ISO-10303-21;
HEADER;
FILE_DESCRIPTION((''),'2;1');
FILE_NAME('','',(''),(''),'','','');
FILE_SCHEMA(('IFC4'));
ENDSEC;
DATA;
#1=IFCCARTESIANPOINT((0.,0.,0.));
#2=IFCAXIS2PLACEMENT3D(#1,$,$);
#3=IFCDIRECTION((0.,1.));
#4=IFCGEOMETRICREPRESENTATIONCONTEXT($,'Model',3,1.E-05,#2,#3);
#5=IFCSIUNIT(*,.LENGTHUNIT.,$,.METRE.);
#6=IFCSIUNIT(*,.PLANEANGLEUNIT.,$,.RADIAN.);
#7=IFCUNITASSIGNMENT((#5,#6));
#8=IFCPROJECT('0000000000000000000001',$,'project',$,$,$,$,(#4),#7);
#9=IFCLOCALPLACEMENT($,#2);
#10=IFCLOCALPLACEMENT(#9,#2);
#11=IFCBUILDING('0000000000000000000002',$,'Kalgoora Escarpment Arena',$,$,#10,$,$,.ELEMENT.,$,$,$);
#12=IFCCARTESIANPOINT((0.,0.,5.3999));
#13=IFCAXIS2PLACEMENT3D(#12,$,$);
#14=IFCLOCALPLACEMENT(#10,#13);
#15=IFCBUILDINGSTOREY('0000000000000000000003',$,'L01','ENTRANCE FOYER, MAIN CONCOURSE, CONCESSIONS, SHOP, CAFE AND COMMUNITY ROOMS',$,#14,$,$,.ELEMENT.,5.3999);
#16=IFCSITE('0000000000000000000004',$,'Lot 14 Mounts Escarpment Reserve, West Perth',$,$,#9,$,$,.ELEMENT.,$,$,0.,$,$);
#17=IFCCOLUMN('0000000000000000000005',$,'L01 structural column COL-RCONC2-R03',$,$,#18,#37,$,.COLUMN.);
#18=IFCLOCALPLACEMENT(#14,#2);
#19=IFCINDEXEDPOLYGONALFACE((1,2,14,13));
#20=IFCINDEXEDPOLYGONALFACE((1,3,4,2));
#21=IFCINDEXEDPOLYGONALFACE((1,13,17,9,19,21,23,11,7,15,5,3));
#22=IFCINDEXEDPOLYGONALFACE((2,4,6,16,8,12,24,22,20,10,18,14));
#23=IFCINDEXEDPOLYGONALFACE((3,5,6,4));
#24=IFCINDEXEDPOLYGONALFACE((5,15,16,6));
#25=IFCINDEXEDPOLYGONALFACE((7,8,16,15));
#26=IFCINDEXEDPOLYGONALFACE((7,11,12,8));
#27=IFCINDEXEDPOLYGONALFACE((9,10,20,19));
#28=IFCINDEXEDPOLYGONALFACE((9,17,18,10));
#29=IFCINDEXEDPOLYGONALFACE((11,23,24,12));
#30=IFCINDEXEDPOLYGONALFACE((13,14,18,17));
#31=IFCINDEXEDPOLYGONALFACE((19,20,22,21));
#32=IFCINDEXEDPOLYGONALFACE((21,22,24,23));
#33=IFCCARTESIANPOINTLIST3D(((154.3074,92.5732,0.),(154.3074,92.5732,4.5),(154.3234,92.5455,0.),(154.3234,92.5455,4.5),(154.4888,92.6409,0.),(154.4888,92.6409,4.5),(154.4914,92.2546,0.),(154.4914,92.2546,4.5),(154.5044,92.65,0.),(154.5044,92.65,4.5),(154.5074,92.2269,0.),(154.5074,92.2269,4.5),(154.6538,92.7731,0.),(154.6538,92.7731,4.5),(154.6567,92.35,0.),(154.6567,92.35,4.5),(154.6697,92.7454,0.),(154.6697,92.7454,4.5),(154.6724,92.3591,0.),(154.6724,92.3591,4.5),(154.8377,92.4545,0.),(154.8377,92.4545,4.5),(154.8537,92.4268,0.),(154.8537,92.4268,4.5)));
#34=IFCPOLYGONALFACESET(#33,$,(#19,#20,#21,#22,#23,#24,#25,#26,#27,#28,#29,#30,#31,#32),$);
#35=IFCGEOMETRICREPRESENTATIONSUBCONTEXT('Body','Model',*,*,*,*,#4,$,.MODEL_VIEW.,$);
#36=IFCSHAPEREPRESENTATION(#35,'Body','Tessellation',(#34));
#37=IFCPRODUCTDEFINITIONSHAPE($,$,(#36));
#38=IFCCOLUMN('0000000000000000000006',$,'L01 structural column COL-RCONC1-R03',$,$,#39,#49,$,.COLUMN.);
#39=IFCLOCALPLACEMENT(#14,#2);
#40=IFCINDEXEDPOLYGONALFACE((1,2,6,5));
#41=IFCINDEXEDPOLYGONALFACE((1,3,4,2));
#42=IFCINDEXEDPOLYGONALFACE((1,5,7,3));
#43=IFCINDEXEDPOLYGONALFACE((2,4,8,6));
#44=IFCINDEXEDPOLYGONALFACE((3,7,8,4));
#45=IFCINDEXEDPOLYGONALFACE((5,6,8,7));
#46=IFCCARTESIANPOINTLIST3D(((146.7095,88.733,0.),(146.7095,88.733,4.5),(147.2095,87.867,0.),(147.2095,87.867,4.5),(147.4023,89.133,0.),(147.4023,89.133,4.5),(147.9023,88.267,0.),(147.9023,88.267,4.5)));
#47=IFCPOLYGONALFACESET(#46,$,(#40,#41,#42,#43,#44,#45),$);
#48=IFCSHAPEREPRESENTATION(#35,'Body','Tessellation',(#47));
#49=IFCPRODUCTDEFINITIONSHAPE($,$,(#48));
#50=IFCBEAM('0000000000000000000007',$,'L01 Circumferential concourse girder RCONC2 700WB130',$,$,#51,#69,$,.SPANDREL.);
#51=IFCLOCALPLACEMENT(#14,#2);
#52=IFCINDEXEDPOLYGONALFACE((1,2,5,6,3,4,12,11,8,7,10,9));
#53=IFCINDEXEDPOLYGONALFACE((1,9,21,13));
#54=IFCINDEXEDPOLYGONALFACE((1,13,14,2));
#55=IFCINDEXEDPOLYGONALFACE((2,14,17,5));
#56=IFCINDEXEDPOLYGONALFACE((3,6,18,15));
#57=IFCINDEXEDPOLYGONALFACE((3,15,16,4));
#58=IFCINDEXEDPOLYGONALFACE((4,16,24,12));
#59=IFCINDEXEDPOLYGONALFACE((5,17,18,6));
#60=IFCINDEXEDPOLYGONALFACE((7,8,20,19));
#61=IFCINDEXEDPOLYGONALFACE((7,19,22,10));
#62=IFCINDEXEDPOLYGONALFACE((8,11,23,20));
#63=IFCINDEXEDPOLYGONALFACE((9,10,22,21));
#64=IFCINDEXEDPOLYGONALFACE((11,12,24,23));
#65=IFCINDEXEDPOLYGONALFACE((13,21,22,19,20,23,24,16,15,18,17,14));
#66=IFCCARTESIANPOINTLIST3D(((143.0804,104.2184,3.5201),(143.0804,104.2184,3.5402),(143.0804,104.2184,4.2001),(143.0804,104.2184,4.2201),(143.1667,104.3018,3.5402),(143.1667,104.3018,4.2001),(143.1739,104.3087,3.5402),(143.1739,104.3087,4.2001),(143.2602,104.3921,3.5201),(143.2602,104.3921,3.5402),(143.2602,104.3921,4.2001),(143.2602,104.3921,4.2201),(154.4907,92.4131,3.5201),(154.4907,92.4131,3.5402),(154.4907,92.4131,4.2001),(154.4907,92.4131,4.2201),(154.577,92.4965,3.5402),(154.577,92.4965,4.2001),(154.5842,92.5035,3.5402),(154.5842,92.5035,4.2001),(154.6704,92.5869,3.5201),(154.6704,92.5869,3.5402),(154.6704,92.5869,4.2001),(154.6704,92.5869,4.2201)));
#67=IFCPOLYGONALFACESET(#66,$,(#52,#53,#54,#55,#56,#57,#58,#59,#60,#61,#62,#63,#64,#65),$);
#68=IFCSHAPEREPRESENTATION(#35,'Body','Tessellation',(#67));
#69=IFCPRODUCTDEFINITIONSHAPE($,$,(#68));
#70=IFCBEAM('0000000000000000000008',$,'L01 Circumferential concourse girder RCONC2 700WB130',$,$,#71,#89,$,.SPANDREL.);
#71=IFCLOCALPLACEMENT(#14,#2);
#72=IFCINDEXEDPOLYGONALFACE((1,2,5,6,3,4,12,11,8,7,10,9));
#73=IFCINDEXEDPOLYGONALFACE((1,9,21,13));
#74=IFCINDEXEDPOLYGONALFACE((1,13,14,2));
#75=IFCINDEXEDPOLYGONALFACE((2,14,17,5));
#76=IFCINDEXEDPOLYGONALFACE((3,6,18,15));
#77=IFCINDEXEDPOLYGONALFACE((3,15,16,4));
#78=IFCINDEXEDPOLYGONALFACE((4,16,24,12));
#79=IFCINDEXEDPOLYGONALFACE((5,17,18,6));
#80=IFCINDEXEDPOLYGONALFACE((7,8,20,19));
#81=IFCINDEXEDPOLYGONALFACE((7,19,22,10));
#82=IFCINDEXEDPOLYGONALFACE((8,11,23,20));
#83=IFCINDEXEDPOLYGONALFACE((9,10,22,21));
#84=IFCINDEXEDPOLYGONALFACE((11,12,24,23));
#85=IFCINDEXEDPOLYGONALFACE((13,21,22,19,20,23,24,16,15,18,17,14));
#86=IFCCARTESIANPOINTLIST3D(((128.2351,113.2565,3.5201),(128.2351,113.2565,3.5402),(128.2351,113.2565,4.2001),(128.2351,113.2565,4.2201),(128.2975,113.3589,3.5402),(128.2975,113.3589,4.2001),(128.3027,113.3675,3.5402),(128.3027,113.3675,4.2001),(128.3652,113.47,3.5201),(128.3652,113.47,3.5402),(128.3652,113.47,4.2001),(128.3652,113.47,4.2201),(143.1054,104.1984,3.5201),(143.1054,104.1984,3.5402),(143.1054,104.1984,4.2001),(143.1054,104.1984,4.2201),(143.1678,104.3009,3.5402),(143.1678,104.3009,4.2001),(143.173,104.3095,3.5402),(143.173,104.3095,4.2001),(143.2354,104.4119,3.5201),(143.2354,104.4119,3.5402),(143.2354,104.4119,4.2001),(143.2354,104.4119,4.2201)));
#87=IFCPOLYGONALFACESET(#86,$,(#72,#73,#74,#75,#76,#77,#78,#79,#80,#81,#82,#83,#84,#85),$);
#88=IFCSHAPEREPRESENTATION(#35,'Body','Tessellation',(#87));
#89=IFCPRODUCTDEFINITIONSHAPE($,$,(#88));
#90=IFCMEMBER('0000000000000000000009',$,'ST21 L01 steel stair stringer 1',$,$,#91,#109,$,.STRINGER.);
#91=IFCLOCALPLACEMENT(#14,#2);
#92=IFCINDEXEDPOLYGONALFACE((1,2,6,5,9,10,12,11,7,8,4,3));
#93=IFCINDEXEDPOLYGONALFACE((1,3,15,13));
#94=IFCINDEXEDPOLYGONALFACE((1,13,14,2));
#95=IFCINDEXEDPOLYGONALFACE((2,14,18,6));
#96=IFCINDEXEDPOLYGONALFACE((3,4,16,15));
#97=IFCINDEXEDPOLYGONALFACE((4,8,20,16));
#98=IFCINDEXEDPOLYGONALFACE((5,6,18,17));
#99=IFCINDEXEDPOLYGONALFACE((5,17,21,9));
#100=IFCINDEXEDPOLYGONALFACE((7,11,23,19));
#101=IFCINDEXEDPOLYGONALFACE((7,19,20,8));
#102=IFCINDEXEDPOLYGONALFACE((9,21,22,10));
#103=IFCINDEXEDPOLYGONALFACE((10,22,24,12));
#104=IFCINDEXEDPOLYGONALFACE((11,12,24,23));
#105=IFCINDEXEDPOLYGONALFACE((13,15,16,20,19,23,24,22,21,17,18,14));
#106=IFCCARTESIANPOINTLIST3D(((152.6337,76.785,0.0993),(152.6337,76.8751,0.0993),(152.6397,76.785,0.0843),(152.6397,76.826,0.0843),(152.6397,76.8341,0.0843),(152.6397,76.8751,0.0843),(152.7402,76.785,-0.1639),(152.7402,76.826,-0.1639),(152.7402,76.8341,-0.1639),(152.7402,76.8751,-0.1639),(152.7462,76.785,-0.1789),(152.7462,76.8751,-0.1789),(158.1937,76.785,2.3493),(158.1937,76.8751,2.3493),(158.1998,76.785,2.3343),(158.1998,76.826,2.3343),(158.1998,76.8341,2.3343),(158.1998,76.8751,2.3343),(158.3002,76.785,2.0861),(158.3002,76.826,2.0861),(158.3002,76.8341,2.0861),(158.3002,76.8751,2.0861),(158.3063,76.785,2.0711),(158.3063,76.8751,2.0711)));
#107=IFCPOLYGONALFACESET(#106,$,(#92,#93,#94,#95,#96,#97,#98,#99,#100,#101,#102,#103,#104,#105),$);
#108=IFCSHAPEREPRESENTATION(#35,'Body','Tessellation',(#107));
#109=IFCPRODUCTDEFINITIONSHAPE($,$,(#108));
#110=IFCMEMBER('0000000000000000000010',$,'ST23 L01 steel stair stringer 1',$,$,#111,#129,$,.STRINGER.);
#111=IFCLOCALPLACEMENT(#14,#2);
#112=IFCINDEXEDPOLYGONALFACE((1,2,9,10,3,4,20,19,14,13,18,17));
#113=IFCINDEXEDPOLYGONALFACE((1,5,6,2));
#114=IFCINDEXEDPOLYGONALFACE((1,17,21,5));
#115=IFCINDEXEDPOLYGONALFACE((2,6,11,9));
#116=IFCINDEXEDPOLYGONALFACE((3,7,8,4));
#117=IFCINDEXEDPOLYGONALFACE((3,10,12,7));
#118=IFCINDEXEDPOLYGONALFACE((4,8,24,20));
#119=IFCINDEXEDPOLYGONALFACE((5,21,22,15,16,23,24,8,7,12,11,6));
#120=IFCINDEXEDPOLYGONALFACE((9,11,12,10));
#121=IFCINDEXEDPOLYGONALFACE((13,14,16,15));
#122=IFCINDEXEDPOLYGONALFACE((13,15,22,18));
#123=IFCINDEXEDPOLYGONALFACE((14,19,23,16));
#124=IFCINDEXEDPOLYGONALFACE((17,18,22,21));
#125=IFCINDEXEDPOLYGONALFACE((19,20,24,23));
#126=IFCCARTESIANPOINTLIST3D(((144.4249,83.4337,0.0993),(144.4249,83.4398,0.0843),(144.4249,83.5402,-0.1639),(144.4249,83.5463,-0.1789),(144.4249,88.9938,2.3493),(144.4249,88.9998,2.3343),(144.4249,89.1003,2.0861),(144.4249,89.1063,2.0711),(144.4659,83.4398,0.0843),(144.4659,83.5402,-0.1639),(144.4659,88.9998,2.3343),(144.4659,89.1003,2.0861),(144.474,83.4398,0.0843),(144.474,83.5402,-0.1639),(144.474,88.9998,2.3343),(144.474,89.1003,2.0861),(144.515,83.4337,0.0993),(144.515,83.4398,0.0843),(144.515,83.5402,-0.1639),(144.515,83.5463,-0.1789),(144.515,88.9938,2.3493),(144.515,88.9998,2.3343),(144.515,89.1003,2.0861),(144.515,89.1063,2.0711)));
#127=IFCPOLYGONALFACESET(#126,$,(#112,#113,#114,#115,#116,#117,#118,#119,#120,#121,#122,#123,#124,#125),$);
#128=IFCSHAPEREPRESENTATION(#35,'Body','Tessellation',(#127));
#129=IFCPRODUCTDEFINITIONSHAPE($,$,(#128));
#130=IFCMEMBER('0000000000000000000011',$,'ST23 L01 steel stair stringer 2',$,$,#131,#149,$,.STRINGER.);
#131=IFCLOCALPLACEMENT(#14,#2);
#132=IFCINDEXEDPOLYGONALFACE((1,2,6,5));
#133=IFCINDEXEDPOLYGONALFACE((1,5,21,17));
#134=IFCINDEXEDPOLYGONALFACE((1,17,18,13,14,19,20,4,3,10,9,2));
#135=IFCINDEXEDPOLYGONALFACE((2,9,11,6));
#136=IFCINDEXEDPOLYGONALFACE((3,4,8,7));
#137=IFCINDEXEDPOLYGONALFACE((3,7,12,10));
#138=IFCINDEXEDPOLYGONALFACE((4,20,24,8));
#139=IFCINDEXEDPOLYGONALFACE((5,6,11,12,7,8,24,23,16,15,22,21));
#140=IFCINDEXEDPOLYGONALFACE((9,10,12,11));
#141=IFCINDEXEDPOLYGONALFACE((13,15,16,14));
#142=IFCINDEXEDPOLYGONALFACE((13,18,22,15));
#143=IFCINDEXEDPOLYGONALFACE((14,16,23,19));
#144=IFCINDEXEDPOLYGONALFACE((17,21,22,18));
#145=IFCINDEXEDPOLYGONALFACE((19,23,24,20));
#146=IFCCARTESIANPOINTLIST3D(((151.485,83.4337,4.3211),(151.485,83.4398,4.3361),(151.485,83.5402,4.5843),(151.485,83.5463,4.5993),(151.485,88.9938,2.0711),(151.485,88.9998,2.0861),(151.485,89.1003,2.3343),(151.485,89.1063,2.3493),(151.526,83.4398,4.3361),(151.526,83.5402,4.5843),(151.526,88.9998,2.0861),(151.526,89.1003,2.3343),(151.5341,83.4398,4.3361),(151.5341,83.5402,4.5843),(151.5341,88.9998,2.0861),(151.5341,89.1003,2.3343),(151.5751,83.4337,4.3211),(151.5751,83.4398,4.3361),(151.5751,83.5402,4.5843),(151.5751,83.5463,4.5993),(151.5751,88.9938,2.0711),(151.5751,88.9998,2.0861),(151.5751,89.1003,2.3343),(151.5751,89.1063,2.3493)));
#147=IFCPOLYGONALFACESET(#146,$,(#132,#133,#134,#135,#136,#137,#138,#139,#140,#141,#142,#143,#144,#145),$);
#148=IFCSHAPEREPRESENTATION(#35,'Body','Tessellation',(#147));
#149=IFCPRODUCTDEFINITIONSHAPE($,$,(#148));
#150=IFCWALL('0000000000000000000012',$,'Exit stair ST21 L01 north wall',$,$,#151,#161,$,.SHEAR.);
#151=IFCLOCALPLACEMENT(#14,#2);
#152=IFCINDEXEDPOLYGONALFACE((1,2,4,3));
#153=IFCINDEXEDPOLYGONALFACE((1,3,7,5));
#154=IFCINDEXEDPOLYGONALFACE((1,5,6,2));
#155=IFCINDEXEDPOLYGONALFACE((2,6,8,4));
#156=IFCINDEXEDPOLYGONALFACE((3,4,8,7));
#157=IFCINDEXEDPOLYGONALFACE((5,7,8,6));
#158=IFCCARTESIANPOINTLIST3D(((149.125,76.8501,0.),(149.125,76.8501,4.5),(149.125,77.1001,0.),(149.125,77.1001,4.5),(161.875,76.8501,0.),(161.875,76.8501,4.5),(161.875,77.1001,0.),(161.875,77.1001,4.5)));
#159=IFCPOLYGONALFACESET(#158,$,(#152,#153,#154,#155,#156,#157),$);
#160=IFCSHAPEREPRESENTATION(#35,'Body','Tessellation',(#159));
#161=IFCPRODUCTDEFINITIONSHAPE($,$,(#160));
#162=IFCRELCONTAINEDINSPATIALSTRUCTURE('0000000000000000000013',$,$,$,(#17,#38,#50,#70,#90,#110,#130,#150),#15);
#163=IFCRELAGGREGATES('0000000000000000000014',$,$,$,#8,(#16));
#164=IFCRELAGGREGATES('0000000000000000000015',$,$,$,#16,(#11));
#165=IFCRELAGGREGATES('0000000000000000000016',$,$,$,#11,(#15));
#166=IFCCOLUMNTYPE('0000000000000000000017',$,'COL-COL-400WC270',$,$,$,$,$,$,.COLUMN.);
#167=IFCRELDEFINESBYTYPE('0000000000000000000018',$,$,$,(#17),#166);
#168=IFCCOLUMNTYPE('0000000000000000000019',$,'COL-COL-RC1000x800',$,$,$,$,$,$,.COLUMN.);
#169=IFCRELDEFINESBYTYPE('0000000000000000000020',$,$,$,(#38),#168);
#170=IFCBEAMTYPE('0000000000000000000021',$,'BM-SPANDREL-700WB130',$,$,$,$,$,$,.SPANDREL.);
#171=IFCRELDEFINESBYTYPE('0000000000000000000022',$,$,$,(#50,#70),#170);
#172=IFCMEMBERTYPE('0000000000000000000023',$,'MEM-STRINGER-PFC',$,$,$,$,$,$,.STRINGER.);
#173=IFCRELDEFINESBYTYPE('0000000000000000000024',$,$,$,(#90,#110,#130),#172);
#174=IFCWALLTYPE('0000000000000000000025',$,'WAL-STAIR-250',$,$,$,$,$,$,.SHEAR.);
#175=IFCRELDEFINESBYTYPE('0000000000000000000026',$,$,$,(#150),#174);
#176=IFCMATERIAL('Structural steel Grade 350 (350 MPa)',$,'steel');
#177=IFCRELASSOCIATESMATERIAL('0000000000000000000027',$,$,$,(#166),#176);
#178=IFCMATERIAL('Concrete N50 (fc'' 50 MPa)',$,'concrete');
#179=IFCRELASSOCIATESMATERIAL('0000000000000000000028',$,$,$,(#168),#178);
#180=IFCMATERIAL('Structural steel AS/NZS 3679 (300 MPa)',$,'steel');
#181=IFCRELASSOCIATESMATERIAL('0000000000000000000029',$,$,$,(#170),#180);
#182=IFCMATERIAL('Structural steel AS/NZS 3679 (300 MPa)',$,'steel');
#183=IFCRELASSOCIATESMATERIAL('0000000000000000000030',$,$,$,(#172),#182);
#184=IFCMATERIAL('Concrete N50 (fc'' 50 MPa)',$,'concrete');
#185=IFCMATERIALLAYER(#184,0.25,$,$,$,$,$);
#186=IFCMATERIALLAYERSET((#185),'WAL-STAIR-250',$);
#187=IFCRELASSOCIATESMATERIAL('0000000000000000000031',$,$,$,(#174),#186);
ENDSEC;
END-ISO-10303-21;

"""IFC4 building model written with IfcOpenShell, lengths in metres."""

from ifc_helpers import new_model, si_unit, direction, frame, frame_2d, origin, origin_2d, place, context, subcontext, project, spatial, rectangle, i_section, extrude, material, layer, layer_set, material_profile, profile_set, type_object, element, save


model = new_model("IFC4")

# Units and contexts
model_context = context("Model", 3, precision=1e-05, world=origin(), true_north=direction((0.0, 1.0)))
body_context = subcontext(model_context, "Body", "Model", "MODEL_VIEW")
ifc_project = project(units=[si_unit("LENGTHUNIT", "METRE"), si_unit("PLANEANGLEUNIT", "RADIAN")], contexts=[model_context])

# Site, building, storey
site_placement = place(None, origin())
site = spatial("IfcSite", under=ifc_project, at=site_placement, Name="Lot 14 Mounts Escarpment Reserve, West Perth", CompositionType="ELEMENT", RefElevation=0.0)
building_placement = place(site_placement, origin())
building = spatial("IfcBuilding", under=site, at=building_placement, Name="Kalgoora Escarpment Arena", CompositionType="ELEMENT")
storey_placement = place(building_placement, frame((0.0, 0.0, 5.3999)))
storey = spatial("IfcBuildingStorey", under=building, at=storey_placement, Name="L01", Description="ENTRANCE FOYER, MAIN CONCOURSE, CONCESSIONS, SHOP, CAFE AND COMMUNITY ROOMS", CompositionType="ELEMENT", Elevation=5.3999)

# Columns
ifc_material_1 = material(Name="Structural steel Grade 350 (350 MPa)", Category="steel")
ifc_material_profile_1 = material_profile(ifc_material_1, i_section(OverallWidth=0.3999, OverallDepth=0.3999, WebThickness=0.0181, FlangeThickness=0.032, at=origin_2d()))
ifc_profile_set_1 = profile_set([ifc_material_profile_1], Name="Structural steel Grade 350 (350 MPa)")
column_type_1 = type_object("IfcColumnType", Name="COL-COL-400WC270", PredefinedType="COLUMN", material=ifc_profile_set_1)
column_1_placement = place(storey_placement, frame((154.5806, 92.5, 0.0), z_axis=(0.0, 0.0, 1.0), x_axis=(0.866025, 0.5, 0.0)))
element("IfcColumn", 1, at=column_1_placement, inside=storey, type_object=column_type_1, Name="L01 structural column COL-RCONC2-R03", PredefinedType="COLUMN", context=body_context, shape_type="SweptSolid", body=[
    extrude(i_section(OverallWidth=0.3999, OverallDepth=0.3999, WebThickness=0.0181, FlangeThickness=0.032, at=origin_2d()), origin(), (0.0, 0.0, 1.0), 4.5),
])
ifc_material_2 = material(Name="Concrete N50 (fc' 50 MPa)", Category="concrete")
ifc_material_profile_2 = material_profile(ifc_material_2, rectangle(XDim=0.8, YDim=1.0, at=origin_2d()))
ifc_profile_set_2 = profile_set([ifc_material_profile_2], Name="Concrete N50 (fc' 50 MPa)")
column_type_2 = type_object("IfcColumnType", Name="COL-COL-RC1000x800", PredefinedType="COLUMN", material=ifc_profile_set_2)
column_2_placement = place(storey_placement, frame((147.3059, 88.5, 0.0), z_axis=(0.0, 0.0, 1.0), x_axis=(0.866025, 0.5, 0.0)))
element("IfcColumn", 2, at=column_2_placement, inside=storey, type_object=column_type_2, Name="L01 structural column COL-RCONC1-R03", PredefinedType="COLUMN", context=body_context, shape_type="SweptSolid", body=[
    extrude(rectangle(XDim=0.8, YDim=1.0, at=origin_2d()), origin(), (0.0, 0.0, 1.0), 4.5),
])

# Beams
ifc_material_3 = material(Name="Structural steel AS/NZS 3679 (300 MPa)", Category="steel")
ifc_material_profile_3 = material_profile(ifc_material_3, i_section(OverallWidth=0.25, OverallDepth=0.7, WebThickness=0.01, FlangeThickness=0.02, at=origin_2d()))
ifc_profile_set_3 = profile_set([ifc_material_profile_3], Name="Structural steel AS/NZS 3679 (300 MPa)")
beam_type = type_object("IfcBeamType", Name="BM-SPANDREL-700WB130", PredefinedType="SPANDREL", material=ifc_profile_set_3)
beam_1_placement = place(storey_placement, frame((154.5806, 92.5, 3.8701), z_axis=(-0.694974, 0.719034, 0.0), x_axis=(-0.719034, -0.694974, 0.0)))
element("IfcBeam", 3, at=beam_1_placement, inside=storey, type_object=beam_type, Name="L01 Circumferential concourse girder RCONC2 700WB130", PredefinedType="SPANDREL", context=body_context, shape_type="SweptSolid", body=[
    extrude(i_section(OverallWidth=0.25, OverallDepth=0.7, WebThickness=0.01, FlangeThickness=0.02, at=origin_2d()), origin(), (0.0, 0.0, 1.0), 16.4182),
])
beam_2_placement = place(storey_placement, frame((143.1704, 104.3052, 3.8701), z_axis=(-0.854031, 0.520223, 0.0), x_axis=(-0.520223, -0.854031, 0.0)))
element("IfcBeam", 4, at=beam_2_placement, inside=storey, type_object=beam_type, Name="L01 Circumferential concourse girder RCONC2 700WB130", PredefinedType="SPANDREL", context=body_context, shape_type="SweptSolid", body=[
    extrude(i_section(OverallWidth=0.25, OverallDepth=0.7, WebThickness=0.01, FlangeThickness=0.02, at=origin_2d()), origin(), (0.0, 0.0, 1.0), 17.4119),
])

# Members
ifc_material_4 = material(Name="Structural steel AS/NZS 3679 (300 MPa)", Category="steel")
ifc_material_profile_4 = material_profile(ifc_material_4, i_section(OverallWidth=0.0901, OverallDepth=0.3, WebThickness=0.0081, FlangeThickness=0.0161, at=origin_2d()))
ifc_profile_set_4 = profile_set([ifc_material_profile_4], Name="Structural steel AS/NZS 3679 (300 MPa)")
member_type = type_object("IfcMemberType", Name="MEM-STRINGER-PFC", PredefinedType="STRINGER", material=ifc_profile_set_4)
for number, where, z_axis, x_axis, name in (
    (5, (152.6899, 76.8301, -0.0398), (0.926976, 0.0, 0.375121), (0.0, 1.0, 0.0), "ST21 L01 steel stair stringer 1"),
    (6, (144.47, 83.49, -0.0398), (0.0, 0.926976, 0.375121), (-1.0, 0.0, 0.0), "ST23 L01 steel stair stringer 1"),
    (7, (151.53, 89.05, 2.2102), (0.0, -0.926976, 0.375121), (1.0, 0.0, 0.0), "ST23 L01 steel stair stringer 2"),
):
    element("IfcMember", number, at=place(storey_placement, frame(where, z_axis=z_axis, x_axis=x_axis)), inside=storey, type_object=member_type, Name=name, PredefinedType="STRINGER", context=body_context, shape_type="SweptSolid", body=[
        extrude(i_section(OverallWidth=0.0901, OverallDepth=0.3, WebThickness=0.0081, FlangeThickness=0.0161, at=origin_2d()), origin(), (0.0, 0.0, 1.0), 5.998),
    ])

# Wall
ifc_material_5 = material(Name="Concrete N50 (fc' 50 MPa)", Category="concrete")
ifc_layer = layer(ifc_material_5, 0.25)
ifc_layer_set = layer_set([ifc_layer], Name="WAL-STAIR-250")
wall_type = type_object("IfcWallType", Name="WAL-STAIR-250", PredefinedType="SHEAR", material=ifc_layer_set)
wall_1_placement = place(storey_placement, frame((149.125, 76.9751, 0.0), z_axis=(0.0, 0.0, 1.0), x_axis=(1.0, 0.0, 0.0)))
element("IfcWall", 8, at=wall_1_placement, inside=storey, type_object=wall_type, Name="Exit stair ST21 L01 north wall", PredefinedType="SHEAR", context=body_context, shape_type="SweptSolid", body=[
    extrude(rectangle(XDim=12.75, YDim=0.25, at=frame_2d((6.375, 0.0))), origin(), (0.0, 0.0, 1.0), 4.5),
])

save(model, "model.ifc")
